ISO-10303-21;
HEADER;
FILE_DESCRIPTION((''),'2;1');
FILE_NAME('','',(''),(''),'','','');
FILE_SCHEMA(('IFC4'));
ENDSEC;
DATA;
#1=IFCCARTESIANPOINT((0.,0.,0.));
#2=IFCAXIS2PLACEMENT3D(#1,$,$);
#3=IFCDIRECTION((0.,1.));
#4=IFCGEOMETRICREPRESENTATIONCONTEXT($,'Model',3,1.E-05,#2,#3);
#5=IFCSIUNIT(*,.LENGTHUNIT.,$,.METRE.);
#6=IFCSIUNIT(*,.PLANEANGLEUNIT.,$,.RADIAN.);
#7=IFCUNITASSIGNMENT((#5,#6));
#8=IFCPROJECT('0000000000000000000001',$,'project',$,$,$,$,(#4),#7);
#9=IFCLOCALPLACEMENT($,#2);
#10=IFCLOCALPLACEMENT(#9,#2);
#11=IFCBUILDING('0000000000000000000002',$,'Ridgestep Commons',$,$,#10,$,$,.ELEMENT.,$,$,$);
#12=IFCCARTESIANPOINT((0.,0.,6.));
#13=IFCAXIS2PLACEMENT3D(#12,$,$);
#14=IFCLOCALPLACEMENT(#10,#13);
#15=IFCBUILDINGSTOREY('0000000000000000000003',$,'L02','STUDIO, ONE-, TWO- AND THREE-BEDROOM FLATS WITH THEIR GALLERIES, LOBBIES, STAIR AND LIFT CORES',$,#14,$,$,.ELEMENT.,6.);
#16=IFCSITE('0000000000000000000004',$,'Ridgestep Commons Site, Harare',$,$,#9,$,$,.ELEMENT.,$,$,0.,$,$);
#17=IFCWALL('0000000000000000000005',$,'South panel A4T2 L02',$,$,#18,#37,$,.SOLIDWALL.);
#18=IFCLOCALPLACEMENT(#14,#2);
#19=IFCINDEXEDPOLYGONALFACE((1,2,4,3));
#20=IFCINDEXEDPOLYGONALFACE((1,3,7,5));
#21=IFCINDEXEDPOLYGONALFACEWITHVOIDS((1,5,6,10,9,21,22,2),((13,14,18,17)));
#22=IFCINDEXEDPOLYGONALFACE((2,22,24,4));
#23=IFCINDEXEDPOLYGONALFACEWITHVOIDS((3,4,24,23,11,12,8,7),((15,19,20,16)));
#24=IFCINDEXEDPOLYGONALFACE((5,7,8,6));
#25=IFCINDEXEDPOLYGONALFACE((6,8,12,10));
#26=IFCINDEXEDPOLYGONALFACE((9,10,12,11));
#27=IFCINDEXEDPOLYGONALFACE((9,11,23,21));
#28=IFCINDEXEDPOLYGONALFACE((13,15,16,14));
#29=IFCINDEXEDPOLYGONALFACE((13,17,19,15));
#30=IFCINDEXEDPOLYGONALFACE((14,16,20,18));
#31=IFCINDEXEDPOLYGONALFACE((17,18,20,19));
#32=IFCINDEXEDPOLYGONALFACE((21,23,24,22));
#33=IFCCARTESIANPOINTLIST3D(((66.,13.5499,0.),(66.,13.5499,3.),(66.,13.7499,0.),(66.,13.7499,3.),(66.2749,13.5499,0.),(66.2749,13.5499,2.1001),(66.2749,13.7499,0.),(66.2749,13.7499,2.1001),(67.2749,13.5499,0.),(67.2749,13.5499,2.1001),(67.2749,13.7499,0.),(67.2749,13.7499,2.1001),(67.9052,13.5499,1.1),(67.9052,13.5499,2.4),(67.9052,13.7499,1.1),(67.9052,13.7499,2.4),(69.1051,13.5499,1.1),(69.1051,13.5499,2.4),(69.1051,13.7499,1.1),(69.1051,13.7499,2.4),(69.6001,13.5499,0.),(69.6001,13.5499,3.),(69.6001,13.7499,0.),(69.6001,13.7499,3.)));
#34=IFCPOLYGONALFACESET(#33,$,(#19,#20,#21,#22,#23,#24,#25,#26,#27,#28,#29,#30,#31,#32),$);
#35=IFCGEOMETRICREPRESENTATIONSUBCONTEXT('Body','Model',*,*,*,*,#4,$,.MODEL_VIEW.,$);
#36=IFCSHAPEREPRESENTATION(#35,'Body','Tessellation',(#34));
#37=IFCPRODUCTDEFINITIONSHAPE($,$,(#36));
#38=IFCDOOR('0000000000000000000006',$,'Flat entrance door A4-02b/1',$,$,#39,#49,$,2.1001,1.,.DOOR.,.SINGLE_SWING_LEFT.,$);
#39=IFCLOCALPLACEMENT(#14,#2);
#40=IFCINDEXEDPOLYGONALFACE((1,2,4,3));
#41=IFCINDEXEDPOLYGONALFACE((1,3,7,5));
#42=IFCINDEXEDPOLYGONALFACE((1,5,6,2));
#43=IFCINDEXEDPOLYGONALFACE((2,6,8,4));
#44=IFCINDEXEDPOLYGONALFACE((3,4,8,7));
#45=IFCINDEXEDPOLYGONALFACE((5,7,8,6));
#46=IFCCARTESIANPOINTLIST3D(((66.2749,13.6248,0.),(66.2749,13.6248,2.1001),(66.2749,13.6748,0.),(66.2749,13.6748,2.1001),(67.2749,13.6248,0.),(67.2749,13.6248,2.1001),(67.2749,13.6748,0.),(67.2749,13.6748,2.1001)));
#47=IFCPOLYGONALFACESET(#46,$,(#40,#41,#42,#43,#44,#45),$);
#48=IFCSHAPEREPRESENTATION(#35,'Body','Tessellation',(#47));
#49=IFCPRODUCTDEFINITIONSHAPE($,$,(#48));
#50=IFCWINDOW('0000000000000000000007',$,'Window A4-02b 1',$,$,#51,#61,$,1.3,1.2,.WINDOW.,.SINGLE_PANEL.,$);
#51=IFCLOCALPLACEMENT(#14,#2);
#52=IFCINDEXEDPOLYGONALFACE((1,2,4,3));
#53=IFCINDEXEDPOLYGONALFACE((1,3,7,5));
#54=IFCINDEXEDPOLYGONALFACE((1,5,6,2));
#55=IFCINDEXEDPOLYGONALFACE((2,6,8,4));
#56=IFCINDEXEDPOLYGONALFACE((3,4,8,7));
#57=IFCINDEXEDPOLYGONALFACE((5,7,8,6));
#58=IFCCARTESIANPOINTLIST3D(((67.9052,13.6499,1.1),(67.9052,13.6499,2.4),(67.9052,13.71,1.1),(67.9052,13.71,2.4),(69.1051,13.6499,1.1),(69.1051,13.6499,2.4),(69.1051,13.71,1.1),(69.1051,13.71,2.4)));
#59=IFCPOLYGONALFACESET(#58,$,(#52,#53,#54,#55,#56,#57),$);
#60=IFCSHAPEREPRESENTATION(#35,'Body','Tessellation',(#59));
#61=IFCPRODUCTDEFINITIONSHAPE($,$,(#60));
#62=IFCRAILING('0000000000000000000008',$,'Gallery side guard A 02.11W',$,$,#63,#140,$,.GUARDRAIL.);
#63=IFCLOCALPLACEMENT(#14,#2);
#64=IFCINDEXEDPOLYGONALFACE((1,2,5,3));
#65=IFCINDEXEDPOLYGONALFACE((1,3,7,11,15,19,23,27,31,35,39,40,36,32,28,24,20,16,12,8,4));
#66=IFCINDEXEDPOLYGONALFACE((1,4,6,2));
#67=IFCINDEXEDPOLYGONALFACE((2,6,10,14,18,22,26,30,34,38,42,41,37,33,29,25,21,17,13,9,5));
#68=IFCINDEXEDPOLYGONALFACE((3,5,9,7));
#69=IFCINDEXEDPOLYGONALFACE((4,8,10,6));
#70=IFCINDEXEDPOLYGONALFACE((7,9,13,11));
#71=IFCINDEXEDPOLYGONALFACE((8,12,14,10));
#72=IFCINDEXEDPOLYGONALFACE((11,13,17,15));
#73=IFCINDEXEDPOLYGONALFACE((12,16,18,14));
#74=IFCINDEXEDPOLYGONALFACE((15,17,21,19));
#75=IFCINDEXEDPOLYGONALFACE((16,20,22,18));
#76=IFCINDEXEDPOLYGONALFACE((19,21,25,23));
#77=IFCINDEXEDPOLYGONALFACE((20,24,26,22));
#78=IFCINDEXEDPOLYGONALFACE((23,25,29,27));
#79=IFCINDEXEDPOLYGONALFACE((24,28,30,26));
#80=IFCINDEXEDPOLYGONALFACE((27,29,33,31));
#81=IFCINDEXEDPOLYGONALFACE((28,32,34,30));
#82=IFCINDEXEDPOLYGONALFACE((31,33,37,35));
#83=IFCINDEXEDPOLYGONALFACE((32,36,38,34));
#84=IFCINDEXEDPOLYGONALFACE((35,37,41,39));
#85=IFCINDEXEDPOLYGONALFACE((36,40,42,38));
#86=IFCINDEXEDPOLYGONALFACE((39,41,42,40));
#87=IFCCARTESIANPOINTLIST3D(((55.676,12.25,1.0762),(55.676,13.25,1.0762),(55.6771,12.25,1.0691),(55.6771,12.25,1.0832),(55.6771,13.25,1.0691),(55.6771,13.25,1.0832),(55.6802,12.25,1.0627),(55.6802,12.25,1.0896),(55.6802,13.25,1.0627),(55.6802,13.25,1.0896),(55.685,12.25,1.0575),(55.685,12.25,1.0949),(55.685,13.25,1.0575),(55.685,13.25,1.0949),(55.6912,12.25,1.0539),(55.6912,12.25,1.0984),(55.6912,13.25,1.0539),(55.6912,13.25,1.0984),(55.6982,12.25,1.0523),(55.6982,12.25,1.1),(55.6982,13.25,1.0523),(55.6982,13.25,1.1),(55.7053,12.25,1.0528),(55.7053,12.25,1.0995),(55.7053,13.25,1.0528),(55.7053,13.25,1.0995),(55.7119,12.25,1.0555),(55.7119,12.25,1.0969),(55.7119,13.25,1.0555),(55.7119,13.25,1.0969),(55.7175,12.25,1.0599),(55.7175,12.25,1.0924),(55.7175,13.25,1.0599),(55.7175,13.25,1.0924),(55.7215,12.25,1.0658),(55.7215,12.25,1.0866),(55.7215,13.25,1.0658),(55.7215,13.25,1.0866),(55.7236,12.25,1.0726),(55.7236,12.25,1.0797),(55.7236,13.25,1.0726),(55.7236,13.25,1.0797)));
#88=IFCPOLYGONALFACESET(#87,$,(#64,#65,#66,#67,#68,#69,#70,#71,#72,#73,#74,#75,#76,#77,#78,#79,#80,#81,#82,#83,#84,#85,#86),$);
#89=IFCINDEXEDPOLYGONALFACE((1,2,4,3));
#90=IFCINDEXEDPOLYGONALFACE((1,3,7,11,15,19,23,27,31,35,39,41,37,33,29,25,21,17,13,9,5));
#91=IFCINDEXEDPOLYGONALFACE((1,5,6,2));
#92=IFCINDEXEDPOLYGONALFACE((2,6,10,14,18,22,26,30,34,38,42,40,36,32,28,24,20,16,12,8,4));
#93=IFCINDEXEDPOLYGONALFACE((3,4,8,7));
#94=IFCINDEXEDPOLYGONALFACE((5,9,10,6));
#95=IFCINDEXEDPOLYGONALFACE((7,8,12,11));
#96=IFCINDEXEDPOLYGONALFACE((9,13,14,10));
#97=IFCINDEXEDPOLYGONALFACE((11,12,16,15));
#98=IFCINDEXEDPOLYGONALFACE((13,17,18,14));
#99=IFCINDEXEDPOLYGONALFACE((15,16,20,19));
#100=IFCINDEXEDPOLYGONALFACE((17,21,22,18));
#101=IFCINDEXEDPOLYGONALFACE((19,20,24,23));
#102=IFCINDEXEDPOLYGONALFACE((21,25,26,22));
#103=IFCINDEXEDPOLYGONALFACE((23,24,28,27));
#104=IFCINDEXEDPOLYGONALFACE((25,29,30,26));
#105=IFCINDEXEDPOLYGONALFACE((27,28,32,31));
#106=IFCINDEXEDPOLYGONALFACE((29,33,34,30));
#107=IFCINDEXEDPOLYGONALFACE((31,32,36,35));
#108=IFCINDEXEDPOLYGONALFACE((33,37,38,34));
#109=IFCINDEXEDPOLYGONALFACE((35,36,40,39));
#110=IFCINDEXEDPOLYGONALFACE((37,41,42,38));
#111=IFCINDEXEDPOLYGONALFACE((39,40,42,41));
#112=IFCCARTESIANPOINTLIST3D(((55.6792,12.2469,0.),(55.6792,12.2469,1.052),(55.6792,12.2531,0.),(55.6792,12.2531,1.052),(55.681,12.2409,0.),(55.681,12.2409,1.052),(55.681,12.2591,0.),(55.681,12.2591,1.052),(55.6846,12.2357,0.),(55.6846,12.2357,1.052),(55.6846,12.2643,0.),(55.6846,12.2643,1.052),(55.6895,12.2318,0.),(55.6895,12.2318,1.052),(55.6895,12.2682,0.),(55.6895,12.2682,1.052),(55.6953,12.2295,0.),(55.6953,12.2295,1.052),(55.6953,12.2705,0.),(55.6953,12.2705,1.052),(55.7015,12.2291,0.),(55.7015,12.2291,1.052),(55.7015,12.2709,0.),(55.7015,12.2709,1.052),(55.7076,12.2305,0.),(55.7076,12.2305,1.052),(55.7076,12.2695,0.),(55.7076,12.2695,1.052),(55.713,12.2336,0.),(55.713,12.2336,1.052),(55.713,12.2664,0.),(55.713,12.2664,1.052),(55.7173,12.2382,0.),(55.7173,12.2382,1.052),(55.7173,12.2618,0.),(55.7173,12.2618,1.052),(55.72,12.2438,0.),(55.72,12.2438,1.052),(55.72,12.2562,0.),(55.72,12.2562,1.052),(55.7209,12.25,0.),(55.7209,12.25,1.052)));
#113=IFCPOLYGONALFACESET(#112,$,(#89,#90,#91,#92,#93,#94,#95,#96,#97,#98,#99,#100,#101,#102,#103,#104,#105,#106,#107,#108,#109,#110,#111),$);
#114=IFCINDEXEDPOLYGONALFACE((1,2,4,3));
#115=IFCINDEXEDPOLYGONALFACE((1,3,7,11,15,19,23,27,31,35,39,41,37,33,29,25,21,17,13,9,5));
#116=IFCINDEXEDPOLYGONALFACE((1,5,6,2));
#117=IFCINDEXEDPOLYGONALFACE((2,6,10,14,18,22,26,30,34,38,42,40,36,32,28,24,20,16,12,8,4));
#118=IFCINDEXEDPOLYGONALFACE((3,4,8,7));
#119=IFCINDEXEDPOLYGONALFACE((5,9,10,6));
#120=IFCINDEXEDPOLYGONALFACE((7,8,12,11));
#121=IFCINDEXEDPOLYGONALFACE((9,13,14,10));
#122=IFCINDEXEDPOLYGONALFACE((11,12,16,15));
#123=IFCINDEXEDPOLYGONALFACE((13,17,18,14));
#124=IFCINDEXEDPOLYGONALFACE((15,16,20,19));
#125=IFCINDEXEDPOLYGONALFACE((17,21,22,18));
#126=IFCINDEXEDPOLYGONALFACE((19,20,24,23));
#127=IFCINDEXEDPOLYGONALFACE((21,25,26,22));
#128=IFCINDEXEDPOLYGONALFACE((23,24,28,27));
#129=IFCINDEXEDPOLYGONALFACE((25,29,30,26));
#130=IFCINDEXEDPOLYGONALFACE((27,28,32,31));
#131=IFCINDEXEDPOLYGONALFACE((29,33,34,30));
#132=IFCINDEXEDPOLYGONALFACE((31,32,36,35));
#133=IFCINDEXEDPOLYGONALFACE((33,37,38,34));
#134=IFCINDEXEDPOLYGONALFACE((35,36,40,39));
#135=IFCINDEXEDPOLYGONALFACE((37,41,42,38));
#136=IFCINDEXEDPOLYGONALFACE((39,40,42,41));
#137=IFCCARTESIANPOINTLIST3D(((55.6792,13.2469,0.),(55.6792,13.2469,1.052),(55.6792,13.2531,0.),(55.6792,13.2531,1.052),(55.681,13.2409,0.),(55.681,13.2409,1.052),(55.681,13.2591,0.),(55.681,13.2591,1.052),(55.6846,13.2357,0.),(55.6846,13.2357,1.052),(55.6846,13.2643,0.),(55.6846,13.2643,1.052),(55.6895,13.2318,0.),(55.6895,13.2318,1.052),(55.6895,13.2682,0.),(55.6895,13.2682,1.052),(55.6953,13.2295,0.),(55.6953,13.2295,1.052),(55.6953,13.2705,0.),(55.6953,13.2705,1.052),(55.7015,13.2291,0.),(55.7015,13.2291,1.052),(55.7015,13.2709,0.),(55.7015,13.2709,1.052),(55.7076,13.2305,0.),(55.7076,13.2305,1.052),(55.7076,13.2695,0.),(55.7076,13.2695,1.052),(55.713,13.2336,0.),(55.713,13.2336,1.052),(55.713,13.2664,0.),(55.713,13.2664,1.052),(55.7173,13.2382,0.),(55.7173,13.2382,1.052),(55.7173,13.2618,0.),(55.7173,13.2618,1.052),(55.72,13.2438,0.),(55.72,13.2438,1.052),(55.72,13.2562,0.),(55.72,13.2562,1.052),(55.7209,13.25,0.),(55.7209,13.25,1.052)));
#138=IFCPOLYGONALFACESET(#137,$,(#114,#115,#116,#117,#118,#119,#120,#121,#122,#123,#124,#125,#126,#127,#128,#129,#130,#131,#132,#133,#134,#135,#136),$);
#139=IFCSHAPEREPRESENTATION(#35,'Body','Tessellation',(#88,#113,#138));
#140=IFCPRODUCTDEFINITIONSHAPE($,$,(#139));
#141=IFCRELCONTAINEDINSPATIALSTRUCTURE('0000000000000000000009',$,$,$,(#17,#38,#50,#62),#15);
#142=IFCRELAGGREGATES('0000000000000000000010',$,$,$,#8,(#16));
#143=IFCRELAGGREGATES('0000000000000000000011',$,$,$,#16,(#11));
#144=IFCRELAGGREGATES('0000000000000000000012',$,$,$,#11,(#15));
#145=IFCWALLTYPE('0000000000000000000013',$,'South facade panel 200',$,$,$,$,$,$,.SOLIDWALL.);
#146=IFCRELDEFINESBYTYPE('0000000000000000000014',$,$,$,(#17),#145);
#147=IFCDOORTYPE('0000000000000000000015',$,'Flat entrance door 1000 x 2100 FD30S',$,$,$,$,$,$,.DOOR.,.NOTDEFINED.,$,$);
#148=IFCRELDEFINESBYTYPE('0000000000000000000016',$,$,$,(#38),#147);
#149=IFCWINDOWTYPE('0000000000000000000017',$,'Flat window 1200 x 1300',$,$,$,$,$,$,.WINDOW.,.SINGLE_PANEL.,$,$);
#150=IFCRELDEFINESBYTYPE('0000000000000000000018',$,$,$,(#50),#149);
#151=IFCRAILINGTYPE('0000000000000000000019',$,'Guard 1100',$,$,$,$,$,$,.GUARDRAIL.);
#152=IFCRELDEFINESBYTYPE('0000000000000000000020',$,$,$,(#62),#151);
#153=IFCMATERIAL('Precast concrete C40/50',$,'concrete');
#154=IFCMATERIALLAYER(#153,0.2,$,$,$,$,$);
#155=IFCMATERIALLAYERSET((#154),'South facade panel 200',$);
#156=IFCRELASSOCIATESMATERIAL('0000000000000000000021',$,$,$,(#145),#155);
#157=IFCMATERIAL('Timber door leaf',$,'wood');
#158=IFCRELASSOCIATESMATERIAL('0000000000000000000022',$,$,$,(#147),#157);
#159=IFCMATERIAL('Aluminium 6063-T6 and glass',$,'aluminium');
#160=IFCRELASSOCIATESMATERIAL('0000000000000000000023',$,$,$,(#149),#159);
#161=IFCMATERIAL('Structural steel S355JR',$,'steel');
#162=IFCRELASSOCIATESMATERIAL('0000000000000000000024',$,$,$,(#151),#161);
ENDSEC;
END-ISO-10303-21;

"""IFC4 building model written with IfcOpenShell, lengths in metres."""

from ifc_helpers import new_model, si_unit, direction, frame, frame_2d, origin, origin_2d, place, context, subcontext, project, spatial, rectangle, circle, extrude, material, layer, layer_set, type_object, element, fill, save


model = new_model("IFC4")

# Units and contexts
model_context = context("Model", 3, precision=1e-05, world=origin(), true_north=direction((0.0, 1.0)))
body_context = subcontext(model_context, "Body", "Model", "MODEL_VIEW")
ifc_project = project(units=[si_unit("LENGTHUNIT", "METRE"), si_unit("PLANEANGLEUNIT", "RADIAN")], contexts=[model_context])

# Site, building, storey
site_placement = place(None, origin())
site = spatial("IfcSite", under=ifc_project, at=site_placement, Name="Ridgestep Commons Site, Harare", CompositionType="ELEMENT", RefElevation=0.0)
building_placement = place(site_placement, origin())
building = spatial("IfcBuilding", under=site, at=building_placement, Name="Ridgestep Commons", CompositionType="ELEMENT")
storey_placement = place(building_placement, frame((0.0, 0.0, 6.0)))
storey = spatial("IfcBuildingStorey", under=building, at=storey_placement, Name="L02", Description="STUDIO, ONE-, TWO- AND THREE-BEDROOM FLATS WITH THEIR GALLERIES, LOBBIES, STAIR AND LIFT CORES", CompositionType="ELEMENT", Elevation=6.0)

# Shared definitions
ifc_material_1 = material(Name="Precast concrete C40/50", Category="concrete")
ifc_layer_1 = layer(ifc_material_1, 0.2)
ifc_layer_set_1 = layer_set([ifc_layer_1], Name="South facade panel 200")
wall_type_1 = type_object("IfcWallType", Name="South facade panel 200", PredefinedType="SOLIDWALL", material=ifc_layer_set_1)

# Wall, openings, door, window
ifc_material_2 = material(Name="Timber door leaf", Category="wood")
door_type_1 = type_object("IfcDoorType", Name="Flat entrance door 1000 x 2100 FD30S", OperationType="NOTDEFINED", PredefinedType="DOOR", material=ifc_material_2)
ifc_material_3 = material(Name="Aluminium 6063-T6 and glass", Category="aluminium")
window_type_1 = type_object("IfcWindowType", Name="Flat window 1200 x 1300", PartitioningType="SINGLE_PANEL", PredefinedType="WINDOW", material=ifc_material_3)
wall_1_placement = place(storey_placement, frame((66.0, 13.6499, 0.0), z_axis=(0.0, 0.0, 1.0), x_axis=(1.0, 0.0, 0.0)))
wall_1 = element("IfcWall", 1, at=wall_1_placement, inside=storey, type_object=wall_type_1, Name="South panel A4T2 L02", PredefinedType="SOLIDWALL", context=body_context, shape_type="SweptSolid", body=[
    extrude(rectangle(XDim=3.6001, YDim=0.2, at=frame_2d((1.8, 0.0))), origin(), (0.0, 0.0, 1.0), 3.0),
])
opening_1_placement = place(wall_1_placement, frame((1.905, 0.0, 1.1001)))
opening_1 = element("IfcOpeningElement", 2, at=opening_1_placement, cuts=wall_1, PredefinedType="OPENING", context=body_context, shape_type="SweptSolid", body=[
    extrude(rectangle(XDim=1.2, YDim=1.3, at=frame_2d((0.6001, 0.6499))), frame((0.0, 0.1099, 0.0), z_axis=(0.0, -1.0, 0.0), x_axis=(1.0, 0.0, 0.0)), (0.0, 0.0, 1.0), 0.22),
])
opening_2_placement = place(wall_1_placement, frame((0.2749, 0.0, 0.0)))
opening_2 = element("IfcOpeningElement", 3, at=opening_2_placement, cuts=wall_1, PredefinedType="OPENING", context=body_context, shape_type="SweptSolid", body=[
    extrude(rectangle(XDim=1.0, YDim=2.1001, at=frame_2d((0.5, 1.05))), frame((0.0, 0.1099, 0.0), z_axis=(0.0, -1.0, 0.0), x_axis=(1.0, 0.0, 0.0)), (0.0, 0.0, 1.0), 0.22),
])
door_1_placement = place(opening_2_placement, origin())
door_1 = element("IfcDoor", 4, at=door_1_placement, inside=storey, type_object=door_type_1, Name="Flat entrance door A4-02b/1", OperationType="SINGLE_SWING_LEFT", OverallHeight=2.1001, OverallWidth=1.0, PredefinedType="DOOR", context=body_context, shape_type="SweptSolid", body=[
    extrude(rectangle(XDim=1.0, YDim=2.1001, at=frame_2d((0.5, 1.05))), frame((0.0, 0.0249, 0.0), z_axis=(0.0, -1.0, 0.0), x_axis=(1.0, 0.0, 0.0)), (0.0, 0.0, 1.0), 0.05),
])
fill(opening_2, door_1)
window_1_placement = place(opening_1_placement, origin())
window_1 = element("IfcWindow", 5, at=window_1_placement, inside=storey, type_object=window_type_1, Name="Window A4-02b 1", OverallHeight=1.3, OverallWidth=1.2, PartitioningType="SINGLE_PANEL", PredefinedType="WINDOW", context=body_context, shape_type="SweptSolid", body=[
    extrude(rectangle(XDim=1.2, YDim=1.3, at=frame_2d((0.6001, 0.6499))), frame((0.0, 0.0601, 0.0), z_axis=(0.0, -1.0, 0.0), x_axis=(1.0, 0.0, 0.0)), (0.0, 0.0, 1.0), 0.0601),
])
fill(opening_1, window_1)

# Railing
ifc_material_4 = material(Name="Structural steel S355JR", Category="steel")
railing_type = type_object("IfcRailingType", Name="Guard 1100", PredefinedType="GUARDRAIL", material=ifc_material_4)
for number, where, name in (
    (6, (55.7, 12.25, 0.0), "Gallery side guard A 02.11W"),
):
    element("IfcRailing", number, at=place(storey_placement, frame(where)), inside=storey, type_object=railing_type, Name=name, PredefinedType="GUARDRAIL", context=body_context, shape_type="SweptSolid", body=[
        extrude(circle(Radius=0.0239, at=origin_2d()), frame((0.0, 0.0, 1.0762), z_axis=(0.0, 1.0, 0.0), x_axis=(-1.0, 0.0, 0.0)), (0.0, 0.0, 1.0), 1.0),
        extrude(circle(Radius=0.021, at=origin_2d()), origin(), (0.0, 0.0, 1.0), 1.052),
        extrude(circle(Radius=0.021, at=origin_2d()), frame((0.0, 1.0, 0.0)), (0.0, 0.0, 1.0), 1.052),
    ])

save(model, "model.ifc")
